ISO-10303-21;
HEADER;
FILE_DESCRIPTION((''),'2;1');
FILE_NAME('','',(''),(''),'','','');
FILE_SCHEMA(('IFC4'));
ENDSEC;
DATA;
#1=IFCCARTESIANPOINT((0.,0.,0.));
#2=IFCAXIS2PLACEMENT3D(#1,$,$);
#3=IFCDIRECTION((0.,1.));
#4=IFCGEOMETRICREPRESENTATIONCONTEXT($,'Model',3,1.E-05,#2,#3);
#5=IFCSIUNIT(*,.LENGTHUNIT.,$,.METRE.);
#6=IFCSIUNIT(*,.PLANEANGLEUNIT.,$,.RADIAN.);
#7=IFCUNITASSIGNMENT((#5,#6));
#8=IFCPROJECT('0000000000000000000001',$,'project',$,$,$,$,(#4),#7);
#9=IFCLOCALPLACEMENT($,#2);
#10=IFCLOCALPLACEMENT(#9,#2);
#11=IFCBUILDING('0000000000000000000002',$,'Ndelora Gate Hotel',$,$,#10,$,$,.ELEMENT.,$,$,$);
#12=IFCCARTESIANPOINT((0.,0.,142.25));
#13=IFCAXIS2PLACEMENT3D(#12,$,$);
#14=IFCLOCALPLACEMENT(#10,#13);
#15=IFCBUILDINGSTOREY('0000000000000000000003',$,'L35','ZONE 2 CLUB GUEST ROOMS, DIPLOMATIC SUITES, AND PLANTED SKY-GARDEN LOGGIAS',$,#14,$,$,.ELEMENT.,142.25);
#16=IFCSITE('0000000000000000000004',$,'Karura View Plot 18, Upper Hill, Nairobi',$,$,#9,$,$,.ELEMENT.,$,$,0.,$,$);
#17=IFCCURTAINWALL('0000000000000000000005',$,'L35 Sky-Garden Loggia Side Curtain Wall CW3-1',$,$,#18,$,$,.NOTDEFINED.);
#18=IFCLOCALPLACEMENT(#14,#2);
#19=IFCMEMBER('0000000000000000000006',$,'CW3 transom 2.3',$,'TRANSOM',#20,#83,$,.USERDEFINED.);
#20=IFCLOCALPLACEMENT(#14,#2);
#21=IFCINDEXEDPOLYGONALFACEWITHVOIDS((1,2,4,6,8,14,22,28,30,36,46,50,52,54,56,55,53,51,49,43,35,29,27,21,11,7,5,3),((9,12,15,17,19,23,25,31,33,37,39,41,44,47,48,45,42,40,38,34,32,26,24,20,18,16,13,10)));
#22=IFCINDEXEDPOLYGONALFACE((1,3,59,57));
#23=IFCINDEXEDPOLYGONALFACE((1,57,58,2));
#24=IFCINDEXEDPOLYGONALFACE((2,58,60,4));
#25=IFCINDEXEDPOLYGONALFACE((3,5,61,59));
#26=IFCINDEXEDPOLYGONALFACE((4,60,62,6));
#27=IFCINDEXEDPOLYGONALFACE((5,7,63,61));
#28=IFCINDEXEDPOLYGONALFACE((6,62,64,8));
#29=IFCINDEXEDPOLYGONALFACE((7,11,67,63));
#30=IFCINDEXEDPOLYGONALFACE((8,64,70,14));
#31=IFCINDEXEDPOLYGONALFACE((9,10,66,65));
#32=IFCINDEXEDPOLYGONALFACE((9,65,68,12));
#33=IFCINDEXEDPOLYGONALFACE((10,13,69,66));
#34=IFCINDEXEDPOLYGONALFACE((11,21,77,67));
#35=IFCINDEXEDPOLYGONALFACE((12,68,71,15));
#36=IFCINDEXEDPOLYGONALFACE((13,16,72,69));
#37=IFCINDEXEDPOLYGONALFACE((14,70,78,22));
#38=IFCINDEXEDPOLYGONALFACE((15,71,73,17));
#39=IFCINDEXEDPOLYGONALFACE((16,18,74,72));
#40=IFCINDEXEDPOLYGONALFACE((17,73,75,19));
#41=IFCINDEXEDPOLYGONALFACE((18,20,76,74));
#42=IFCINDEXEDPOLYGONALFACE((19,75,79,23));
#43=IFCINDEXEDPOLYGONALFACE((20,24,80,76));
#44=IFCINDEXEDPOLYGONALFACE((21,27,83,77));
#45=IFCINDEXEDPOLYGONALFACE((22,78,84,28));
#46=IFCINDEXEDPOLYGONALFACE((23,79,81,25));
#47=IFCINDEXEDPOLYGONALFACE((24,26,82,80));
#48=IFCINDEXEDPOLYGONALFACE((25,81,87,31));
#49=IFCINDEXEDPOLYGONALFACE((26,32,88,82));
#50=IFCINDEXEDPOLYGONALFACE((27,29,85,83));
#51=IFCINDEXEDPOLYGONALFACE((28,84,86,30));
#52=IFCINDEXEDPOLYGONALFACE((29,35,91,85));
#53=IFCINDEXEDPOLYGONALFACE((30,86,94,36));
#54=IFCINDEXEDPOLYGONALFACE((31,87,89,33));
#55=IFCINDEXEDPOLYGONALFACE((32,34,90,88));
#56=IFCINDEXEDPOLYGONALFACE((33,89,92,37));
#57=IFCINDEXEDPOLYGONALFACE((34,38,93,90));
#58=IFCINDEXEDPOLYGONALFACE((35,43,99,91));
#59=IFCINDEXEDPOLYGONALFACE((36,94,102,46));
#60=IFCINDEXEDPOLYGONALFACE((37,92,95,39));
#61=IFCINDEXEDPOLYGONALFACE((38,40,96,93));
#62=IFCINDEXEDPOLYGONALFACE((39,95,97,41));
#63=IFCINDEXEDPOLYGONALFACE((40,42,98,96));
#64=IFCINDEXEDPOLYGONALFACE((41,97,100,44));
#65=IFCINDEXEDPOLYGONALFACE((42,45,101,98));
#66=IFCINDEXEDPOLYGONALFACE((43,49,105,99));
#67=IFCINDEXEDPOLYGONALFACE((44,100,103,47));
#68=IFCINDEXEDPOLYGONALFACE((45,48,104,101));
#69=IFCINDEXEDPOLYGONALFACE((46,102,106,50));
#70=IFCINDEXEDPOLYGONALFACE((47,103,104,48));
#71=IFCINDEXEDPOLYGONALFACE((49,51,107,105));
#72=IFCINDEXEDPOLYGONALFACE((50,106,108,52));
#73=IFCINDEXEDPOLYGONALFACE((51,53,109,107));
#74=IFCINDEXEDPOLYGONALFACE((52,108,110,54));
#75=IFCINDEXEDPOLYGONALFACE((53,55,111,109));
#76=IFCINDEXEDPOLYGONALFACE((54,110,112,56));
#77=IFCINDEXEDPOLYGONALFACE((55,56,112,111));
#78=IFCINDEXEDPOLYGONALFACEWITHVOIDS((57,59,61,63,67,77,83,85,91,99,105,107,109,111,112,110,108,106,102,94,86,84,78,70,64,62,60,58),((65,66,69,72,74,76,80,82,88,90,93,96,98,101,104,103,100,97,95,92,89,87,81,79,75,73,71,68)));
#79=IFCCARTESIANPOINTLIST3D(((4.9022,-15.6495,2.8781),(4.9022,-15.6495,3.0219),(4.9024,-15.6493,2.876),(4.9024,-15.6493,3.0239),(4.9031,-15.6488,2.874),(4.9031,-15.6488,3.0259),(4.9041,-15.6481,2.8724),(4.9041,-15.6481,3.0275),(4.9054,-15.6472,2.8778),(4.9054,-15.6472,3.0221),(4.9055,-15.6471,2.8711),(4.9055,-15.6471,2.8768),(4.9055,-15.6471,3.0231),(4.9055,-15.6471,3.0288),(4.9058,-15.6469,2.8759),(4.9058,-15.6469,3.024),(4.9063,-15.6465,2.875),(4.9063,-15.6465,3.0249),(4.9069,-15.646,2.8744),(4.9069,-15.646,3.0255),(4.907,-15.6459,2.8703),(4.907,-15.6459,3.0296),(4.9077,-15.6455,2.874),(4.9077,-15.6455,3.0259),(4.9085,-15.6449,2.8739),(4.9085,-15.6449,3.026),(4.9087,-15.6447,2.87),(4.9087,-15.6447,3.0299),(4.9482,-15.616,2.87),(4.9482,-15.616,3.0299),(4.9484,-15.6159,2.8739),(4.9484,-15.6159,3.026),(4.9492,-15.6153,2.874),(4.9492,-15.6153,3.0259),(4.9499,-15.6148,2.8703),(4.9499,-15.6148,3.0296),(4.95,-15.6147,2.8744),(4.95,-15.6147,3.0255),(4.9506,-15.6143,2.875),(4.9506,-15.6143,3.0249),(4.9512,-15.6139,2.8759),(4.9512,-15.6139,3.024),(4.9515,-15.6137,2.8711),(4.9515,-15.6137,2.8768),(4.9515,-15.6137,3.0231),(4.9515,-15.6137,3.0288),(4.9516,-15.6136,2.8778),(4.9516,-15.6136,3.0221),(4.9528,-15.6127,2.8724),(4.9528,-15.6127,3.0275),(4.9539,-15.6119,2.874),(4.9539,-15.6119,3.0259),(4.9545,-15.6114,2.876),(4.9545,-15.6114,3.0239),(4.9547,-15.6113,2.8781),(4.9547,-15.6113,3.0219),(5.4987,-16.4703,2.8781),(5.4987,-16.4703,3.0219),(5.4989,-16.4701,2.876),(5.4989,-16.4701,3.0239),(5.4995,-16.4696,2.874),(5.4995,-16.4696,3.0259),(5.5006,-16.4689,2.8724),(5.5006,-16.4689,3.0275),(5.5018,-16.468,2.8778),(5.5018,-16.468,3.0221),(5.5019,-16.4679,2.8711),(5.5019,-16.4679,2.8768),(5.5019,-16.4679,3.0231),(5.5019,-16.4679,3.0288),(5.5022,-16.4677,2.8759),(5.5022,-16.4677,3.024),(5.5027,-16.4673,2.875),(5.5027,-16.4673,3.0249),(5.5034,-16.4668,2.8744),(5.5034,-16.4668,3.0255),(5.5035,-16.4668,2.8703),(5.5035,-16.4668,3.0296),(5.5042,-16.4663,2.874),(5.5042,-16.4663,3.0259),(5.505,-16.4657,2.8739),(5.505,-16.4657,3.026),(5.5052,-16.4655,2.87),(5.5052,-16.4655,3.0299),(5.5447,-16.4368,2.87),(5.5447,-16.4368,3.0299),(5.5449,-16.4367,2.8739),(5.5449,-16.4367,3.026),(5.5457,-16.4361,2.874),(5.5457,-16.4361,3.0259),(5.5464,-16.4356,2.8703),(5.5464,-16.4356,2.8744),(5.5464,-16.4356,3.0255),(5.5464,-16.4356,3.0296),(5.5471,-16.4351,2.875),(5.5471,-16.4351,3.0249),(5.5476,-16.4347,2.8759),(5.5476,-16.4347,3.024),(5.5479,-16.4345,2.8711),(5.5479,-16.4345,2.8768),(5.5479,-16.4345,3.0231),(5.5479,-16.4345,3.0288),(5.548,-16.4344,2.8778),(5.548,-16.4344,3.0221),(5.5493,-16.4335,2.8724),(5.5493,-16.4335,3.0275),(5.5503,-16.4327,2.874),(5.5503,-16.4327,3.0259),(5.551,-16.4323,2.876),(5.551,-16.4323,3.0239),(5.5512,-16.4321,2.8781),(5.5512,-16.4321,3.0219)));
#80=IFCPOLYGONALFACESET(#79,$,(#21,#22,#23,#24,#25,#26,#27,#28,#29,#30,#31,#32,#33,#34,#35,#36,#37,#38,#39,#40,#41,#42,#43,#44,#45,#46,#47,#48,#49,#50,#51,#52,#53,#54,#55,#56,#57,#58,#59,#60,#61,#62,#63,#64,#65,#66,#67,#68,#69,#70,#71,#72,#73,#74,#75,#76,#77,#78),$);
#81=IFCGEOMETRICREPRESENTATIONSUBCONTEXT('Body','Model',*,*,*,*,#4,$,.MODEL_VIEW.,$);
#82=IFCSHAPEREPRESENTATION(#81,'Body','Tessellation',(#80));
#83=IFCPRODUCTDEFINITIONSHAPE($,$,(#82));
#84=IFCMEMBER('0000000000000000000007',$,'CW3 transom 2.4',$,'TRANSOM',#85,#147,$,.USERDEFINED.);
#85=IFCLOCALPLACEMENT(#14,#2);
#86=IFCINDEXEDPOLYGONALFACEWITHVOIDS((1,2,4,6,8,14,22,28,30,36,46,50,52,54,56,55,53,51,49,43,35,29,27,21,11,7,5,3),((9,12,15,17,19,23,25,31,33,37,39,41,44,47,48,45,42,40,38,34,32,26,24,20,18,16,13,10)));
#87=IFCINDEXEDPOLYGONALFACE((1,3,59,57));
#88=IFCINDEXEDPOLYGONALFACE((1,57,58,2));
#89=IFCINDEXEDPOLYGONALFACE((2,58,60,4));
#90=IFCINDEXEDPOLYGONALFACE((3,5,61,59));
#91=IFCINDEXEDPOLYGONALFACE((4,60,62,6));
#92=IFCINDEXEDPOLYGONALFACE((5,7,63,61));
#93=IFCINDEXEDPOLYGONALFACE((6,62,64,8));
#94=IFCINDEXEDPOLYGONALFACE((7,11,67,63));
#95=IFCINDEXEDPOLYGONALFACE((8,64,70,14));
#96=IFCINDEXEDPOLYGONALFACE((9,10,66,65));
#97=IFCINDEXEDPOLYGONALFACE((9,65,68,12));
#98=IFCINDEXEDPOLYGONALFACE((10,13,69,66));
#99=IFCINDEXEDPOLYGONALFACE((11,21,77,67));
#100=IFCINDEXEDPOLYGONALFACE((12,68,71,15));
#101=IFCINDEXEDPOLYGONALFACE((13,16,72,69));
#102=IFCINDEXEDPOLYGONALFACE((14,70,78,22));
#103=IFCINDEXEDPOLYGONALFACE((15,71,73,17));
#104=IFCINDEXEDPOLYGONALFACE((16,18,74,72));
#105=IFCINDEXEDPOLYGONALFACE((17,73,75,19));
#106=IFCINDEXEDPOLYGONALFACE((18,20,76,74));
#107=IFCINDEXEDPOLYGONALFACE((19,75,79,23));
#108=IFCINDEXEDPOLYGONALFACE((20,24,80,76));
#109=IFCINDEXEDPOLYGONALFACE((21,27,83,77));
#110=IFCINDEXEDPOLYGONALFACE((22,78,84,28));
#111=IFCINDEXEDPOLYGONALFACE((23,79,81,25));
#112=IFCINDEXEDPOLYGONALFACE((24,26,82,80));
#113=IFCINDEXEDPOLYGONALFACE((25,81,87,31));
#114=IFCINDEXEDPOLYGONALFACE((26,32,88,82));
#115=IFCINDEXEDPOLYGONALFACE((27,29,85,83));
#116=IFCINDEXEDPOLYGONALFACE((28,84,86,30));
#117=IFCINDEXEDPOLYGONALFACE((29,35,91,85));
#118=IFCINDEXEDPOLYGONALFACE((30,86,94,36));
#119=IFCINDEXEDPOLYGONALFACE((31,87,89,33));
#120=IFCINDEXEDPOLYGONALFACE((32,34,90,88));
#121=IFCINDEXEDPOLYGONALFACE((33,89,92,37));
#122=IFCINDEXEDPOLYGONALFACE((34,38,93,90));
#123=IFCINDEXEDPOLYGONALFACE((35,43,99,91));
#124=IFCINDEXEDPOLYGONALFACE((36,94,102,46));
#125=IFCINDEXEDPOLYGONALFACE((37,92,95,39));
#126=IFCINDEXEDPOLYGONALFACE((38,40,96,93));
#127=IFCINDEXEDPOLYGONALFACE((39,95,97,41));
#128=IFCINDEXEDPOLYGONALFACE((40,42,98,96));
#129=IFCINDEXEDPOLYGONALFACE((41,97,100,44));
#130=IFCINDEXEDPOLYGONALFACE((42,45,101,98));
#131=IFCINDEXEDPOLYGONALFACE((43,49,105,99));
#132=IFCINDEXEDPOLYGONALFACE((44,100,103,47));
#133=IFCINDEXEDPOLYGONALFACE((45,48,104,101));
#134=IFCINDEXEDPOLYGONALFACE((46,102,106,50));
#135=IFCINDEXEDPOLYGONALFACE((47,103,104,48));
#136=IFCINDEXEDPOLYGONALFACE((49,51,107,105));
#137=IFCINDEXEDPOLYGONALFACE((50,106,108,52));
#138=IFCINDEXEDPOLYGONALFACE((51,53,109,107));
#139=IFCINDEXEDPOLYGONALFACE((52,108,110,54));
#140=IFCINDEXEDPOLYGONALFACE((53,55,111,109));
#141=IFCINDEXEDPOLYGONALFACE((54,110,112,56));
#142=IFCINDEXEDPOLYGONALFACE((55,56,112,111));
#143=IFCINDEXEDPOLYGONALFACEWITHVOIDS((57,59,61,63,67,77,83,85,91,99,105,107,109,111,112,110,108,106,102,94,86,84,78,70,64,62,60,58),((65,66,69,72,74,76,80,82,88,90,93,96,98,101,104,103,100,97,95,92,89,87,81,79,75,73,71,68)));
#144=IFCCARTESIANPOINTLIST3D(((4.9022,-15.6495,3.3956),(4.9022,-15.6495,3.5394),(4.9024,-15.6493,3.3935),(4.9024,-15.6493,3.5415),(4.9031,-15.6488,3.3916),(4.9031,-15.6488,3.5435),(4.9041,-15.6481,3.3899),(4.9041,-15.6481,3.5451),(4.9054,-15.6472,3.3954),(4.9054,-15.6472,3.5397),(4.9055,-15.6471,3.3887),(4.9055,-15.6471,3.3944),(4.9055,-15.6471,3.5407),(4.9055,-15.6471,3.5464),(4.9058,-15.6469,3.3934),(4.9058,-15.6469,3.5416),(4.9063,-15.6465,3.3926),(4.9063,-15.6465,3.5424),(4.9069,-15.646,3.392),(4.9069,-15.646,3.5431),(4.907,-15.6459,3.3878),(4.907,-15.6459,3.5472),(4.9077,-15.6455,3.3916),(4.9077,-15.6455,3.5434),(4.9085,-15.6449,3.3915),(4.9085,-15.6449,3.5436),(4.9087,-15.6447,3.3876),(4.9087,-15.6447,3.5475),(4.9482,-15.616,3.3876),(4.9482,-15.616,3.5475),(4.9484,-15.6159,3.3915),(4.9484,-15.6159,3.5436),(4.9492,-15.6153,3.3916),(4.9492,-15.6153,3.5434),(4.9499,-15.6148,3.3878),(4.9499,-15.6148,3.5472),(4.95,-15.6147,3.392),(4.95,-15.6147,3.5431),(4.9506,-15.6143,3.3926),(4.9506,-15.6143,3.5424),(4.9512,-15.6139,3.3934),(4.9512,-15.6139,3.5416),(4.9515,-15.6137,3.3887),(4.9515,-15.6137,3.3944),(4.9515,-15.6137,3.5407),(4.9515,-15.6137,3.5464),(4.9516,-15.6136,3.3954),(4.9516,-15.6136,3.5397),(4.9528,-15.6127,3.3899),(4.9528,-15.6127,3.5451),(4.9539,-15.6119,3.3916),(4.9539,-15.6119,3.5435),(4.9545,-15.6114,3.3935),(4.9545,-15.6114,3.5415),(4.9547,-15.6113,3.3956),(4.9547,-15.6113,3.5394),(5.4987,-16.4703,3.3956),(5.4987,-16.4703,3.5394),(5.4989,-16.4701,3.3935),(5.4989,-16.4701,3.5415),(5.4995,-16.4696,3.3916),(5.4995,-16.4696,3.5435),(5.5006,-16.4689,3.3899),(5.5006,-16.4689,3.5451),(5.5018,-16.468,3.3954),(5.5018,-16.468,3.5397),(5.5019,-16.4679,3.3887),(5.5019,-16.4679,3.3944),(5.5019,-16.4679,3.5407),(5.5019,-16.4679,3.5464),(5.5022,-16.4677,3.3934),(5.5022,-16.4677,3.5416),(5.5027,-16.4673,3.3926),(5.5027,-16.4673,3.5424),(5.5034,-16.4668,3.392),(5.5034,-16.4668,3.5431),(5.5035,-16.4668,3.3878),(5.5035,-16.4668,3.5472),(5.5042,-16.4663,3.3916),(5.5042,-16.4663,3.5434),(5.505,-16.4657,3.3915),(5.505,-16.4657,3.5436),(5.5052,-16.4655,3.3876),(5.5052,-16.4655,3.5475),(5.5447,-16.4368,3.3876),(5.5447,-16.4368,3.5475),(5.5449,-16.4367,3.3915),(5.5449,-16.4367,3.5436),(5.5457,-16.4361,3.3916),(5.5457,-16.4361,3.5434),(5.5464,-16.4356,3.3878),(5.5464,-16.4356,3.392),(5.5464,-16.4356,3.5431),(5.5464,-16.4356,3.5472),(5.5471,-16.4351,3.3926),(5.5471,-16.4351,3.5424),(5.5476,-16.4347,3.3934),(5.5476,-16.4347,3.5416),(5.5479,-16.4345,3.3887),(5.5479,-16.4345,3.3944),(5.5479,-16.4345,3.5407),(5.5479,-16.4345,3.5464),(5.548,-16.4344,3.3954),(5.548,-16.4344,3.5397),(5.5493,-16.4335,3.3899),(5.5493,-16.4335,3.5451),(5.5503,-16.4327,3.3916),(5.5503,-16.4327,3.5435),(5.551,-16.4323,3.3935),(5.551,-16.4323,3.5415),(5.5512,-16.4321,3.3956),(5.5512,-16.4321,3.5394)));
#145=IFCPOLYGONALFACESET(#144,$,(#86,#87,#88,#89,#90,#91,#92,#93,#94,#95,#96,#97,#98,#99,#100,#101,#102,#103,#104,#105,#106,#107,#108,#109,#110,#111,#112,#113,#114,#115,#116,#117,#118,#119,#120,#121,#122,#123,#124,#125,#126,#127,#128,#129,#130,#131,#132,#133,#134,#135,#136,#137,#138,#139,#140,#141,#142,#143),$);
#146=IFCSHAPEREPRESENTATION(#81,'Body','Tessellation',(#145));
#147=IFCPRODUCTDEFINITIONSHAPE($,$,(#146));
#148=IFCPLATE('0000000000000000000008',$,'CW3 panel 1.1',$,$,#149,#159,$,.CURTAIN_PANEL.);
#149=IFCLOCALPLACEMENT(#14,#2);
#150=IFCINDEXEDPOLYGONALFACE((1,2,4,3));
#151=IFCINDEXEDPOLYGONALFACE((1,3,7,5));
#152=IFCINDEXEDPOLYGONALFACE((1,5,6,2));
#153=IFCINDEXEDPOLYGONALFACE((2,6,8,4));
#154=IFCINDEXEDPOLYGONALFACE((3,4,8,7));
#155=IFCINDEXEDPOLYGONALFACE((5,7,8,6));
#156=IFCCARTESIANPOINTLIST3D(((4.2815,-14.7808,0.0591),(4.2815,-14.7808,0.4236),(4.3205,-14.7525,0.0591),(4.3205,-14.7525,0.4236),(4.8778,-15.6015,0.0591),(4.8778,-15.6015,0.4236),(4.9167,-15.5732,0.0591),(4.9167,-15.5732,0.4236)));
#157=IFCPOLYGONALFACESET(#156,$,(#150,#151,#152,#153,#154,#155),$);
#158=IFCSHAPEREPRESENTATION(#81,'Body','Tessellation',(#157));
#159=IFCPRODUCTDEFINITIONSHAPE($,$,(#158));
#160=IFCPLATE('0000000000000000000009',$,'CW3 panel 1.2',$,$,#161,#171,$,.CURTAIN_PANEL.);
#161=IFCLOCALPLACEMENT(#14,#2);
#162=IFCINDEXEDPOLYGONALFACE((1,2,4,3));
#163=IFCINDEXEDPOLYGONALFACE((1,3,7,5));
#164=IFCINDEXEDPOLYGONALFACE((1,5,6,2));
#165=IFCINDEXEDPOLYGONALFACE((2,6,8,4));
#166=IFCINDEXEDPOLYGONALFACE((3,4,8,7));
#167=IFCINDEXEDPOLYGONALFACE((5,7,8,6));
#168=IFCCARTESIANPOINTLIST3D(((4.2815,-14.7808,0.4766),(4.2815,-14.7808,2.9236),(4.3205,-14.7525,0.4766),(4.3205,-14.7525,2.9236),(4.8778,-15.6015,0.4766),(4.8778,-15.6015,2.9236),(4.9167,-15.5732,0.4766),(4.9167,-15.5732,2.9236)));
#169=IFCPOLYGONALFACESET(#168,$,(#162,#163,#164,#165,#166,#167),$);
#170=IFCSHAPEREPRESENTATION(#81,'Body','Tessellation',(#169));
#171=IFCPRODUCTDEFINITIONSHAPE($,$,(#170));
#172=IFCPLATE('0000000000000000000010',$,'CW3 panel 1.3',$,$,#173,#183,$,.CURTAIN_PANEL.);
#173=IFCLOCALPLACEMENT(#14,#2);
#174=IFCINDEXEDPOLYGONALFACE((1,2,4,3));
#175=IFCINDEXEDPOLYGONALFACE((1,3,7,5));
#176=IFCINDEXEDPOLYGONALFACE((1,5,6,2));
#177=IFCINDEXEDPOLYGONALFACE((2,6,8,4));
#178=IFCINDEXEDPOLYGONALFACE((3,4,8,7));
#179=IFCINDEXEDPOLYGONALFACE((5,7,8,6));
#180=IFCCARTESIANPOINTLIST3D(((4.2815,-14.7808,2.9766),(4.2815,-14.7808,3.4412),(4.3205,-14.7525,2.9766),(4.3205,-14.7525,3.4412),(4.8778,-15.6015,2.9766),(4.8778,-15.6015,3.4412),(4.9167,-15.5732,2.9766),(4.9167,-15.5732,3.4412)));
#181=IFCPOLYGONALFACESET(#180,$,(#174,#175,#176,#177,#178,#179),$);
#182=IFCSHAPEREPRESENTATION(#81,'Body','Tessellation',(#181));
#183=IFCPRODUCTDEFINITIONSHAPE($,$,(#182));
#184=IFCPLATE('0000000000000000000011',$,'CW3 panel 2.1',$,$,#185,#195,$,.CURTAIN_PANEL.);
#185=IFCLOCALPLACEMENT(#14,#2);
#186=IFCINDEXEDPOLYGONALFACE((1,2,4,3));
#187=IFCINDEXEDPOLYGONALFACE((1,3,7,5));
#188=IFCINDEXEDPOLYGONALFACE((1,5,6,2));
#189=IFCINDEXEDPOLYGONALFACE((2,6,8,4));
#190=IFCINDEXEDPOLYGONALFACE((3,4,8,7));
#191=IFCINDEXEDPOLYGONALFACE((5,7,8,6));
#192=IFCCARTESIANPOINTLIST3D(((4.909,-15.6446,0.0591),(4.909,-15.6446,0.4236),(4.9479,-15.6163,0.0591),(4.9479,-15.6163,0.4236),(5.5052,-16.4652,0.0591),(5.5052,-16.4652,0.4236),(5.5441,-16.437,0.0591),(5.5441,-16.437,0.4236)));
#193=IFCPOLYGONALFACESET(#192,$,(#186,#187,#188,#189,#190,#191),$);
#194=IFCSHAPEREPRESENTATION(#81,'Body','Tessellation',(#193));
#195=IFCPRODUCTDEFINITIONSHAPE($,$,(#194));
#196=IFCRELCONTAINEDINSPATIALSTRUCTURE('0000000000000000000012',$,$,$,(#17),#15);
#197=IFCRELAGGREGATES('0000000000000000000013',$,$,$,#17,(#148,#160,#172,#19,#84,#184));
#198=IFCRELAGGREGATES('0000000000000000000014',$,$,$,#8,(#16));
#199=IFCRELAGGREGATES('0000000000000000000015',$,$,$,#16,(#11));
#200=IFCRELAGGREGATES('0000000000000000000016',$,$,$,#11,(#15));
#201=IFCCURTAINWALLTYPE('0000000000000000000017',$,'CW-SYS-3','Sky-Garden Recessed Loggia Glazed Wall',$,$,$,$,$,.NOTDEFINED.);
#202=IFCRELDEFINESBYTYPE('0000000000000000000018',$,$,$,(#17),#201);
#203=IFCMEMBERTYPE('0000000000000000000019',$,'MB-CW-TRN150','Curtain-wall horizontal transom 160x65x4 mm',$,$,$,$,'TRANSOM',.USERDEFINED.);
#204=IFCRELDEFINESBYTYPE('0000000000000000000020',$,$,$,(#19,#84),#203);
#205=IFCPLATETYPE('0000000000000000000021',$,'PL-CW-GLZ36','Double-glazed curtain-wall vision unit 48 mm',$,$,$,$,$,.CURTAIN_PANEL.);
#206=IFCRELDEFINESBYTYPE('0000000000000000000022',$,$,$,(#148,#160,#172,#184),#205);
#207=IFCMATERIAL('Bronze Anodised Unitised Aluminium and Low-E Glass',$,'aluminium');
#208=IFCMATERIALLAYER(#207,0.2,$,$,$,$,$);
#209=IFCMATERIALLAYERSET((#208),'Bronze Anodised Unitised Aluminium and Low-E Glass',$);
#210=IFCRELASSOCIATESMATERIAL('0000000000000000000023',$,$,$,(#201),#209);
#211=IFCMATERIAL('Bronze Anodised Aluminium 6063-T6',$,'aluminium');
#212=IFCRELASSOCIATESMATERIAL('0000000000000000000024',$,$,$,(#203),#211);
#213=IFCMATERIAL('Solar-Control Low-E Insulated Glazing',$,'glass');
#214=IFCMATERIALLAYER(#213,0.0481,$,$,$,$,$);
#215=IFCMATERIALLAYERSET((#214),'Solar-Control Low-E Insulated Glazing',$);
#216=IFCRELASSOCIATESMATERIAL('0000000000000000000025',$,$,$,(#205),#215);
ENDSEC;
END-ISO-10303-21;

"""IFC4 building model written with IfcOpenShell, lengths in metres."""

from ifc_helpers import new_model, si_unit, direction, frame, origin, origin_2d, place, context, subcontext, project, spatial, rectangle, hollow_rectangle, extrude, material, layer, layer_set, material_profile, profile_set, type_object, element, aggregate, save


model = new_model("IFC4")

# Units and contexts
model_context = context("Model", 3, precision=1e-05, world=origin(), true_north=direction((0.0, 1.0)))
body_context = subcontext(model_context, "Body", "Model", "MODEL_VIEW")
ifc_project = project(units=[si_unit("LENGTHUNIT", "METRE"), si_unit("PLANEANGLEUNIT", "RADIAN")], contexts=[model_context])

# Site, building, storey
site_placement = place(None, origin())
site = spatial("IfcSite", under=ifc_project, at=site_placement, Name="Karura View Plot 18, Upper Hill, Nairobi", CompositionType="ELEMENT", RefElevation=0.0)
building_placement = place(site_placement, origin())
building = spatial("IfcBuilding", under=site, at=building_placement, Name="Ndelora Gate Hotel", CompositionType="ELEMENT")
storey_placement = place(building_placement, frame((0.0, 0.0, 142.25)))
storey = spatial("IfcBuildingStorey", under=building, at=storey_placement, Name="L35", Description="ZONE 2 CLUB GUEST ROOMS, DIPLOMATIC SUITES, AND PLANTED SKY-GARDEN LOGGIAS", CompositionType="ELEMENT", Elevation=142.25)

# Curtain wall, members, plates
ifc_material_1 = material(Name="Bronze Anodised Unitised Aluminium and Low-E Glass", Category="aluminium")
ifc_layer_1 = layer(ifc_material_1, 0.2)
ifc_layer_set_1 = layer_set([ifc_layer_1], Name="Bronze Anodised Unitised Aluminium and Low-E Glass")
curtain_wall_type = type_object("IfcCurtainWallType", Name="CW-SYS-3", Description="Sky-Garden Recessed Loggia Glazed Wall", PredefinedType="NOTDEFINED", material=ifc_layer_set_1)
curtain_wall_placement = place(storey_placement, origin())
curtain_wall = element("IfcCurtainWall", 1, at=curtain_wall_placement, inside=storey, type_object=curtain_wall_type, Name="L35 Sky-Garden Loggia Side Curtain Wall CW3-1", PredefinedType="NOTDEFINED")
ifc_material_2 = material(Name="Bronze Anodised Aluminium 6063-T6", Category="aluminium")
ifc_material_profile_1 = material_profile(ifc_material_2, hollow_rectangle(XDim=0.0649, YDim=0.1599, WallThickness=0.0039, InnerFilletRadius=0.0039, OuterFilletRadius=0.0081, at=origin_2d()), Name="ALU 160x65x4")
ifc_profile_set_1 = profile_set([ifc_material_profile_1], Name="Bronze Anodised Aluminium 6063-T6")
member_type_1 = type_object("IfcMemberType", Name="MB-CW-TRN150", Description="Curtain-wall horizontal transom 160x65x4 mm", ElementType="TRANSOM", PredefinedType="USERDEFINED", material=ifc_profile_set_1)
member_1_placement = place(storey_placement, frame((4.9285, -15.6304, 2.95), z_axis=(0.587843, -0.808975, 0.0), x_axis=(0.808975, 0.587843, 0.0)))
member_1 = element("IfcMember", 2, at=member_1_placement, type_object=member_type_1, Name="CW3 transom 2.3", ObjectType="TRANSOM", PredefinedType="USERDEFINED", context=body_context, shape_type="SweptSolid", body=[
    extrude(hollow_rectangle(XDim=0.0649, YDim=0.1599, WallThickness=0.0039, InnerFilletRadius=0.0039, OuterFilletRadius=0.0081, at=origin_2d()), origin(), (0.0, 0.0, 1.0), 1.0146),
])
member_2_placement = place(storey_placement, frame((4.9285, -15.6304, 3.4675), z_axis=(0.587843, -0.808975, 0.0), x_axis=(0.808975, 0.587843, 0.0)))
member_2 = element("IfcMember", 3, at=member_2_placement, type_object=member_type_1, Name="CW3 transom 2.4", ObjectType="TRANSOM", PredefinedType="USERDEFINED", context=body_context, shape_type="SweptSolid", body=[
    extrude(hollow_rectangle(XDim=0.0649, YDim=0.1599, WallThickness=0.0039, InnerFilletRadius=0.0039, OuterFilletRadius=0.0081, at=origin_2d()), origin(), (0.0, 0.0, 1.0), 1.0146),
])
ifc_material_3 = material(Name="Solar-Control Low-E Insulated Glazing", Category="glass")
ifc_layer_2 = layer(ifc_material_3, 0.0481)
ifc_layer_set_2 = layer_set([ifc_layer_2], Name="Solar-Control Low-E Insulated Glazing")
plate_type_1 = type_object("IfcPlateType", Name="PL-CW-GLZ36", Description="Double-glazed curtain-wall vision unit 48 mm", PredefinedType="CURTAIN_PANEL", material=ifc_layer_set_2)
plate_1_placement = place(storey_placement, frame((4.5991, -15.177, 0.0591), z_axis=(0.0, 0.0, 1.0), x_axis=(0.587785, -0.809017, 0.0)))
plate_1 = element("IfcPlate", 4, at=plate_1_placement, type_object=plate_type_1, Name="CW3 panel 1.1", PredefinedType="CURTAIN_PANEL", context=body_context, shape_type="SweptSolid", body=[
    extrude(rectangle(XDim=1.0144, YDim=0.0481, at=origin_2d()), origin(), (0.0, 0.0, 1.0), 0.3645),
])
plate_2_placement = place(storey_placement, frame((4.5991, -15.177, 0.4766), z_axis=(0.0, 0.0, 1.0), x_axis=(0.587785, -0.809017, 0.0)))
plate_2 = element("IfcPlate", 5, at=plate_2_placement, type_object=plate_type_1, Name="CW3 panel 1.2", PredefinedType="CURTAIN_PANEL", context=body_context, shape_type="SweptSolid", body=[
    extrude(rectangle(XDim=1.0144, YDim=0.0481, at=origin_2d()), origin(), (0.0, 0.0, 1.0), 2.447),
])
plate_3_placement = place(storey_placement, frame((4.5991, -15.177, 2.9766), z_axis=(0.0, 0.0, 1.0), x_axis=(0.587785, -0.809017, 0.0)))
plate_3 = element("IfcPlate", 6, at=plate_3_placement, type_object=plate_type_1, Name="CW3 panel 1.3", PredefinedType="CURTAIN_PANEL", context=body_context, shape_type="SweptSolid", body=[
    extrude(rectangle(XDim=1.0144, YDim=0.0481, at=origin_2d()), origin(), (0.0, 0.0, 1.0), 0.4646),
])
plate_4_placement = place(storey_placement, frame((5.2266, -16.0408, 0.0591), z_axis=(0.0, 0.0, 1.0), x_axis=(0.587785, -0.809017, 0.0)))
plate_4 = element("IfcPlate", 7, at=plate_4_placement, type_object=plate_type_1, Name="CW3 panel 2.1", PredefinedType="CURTAIN_PANEL", context=body_context, shape_type="SweptSolid", body=[
    extrude(rectangle(XDim=1.0144, YDim=0.0481, at=origin_2d()), origin(), (0.0, 0.0, 1.0), 0.3645),
])
aggregate(curtain_wall, [plate_1, plate_2, plate_3, member_1, member_2, plate_4])

save(model, "model.ifc")
